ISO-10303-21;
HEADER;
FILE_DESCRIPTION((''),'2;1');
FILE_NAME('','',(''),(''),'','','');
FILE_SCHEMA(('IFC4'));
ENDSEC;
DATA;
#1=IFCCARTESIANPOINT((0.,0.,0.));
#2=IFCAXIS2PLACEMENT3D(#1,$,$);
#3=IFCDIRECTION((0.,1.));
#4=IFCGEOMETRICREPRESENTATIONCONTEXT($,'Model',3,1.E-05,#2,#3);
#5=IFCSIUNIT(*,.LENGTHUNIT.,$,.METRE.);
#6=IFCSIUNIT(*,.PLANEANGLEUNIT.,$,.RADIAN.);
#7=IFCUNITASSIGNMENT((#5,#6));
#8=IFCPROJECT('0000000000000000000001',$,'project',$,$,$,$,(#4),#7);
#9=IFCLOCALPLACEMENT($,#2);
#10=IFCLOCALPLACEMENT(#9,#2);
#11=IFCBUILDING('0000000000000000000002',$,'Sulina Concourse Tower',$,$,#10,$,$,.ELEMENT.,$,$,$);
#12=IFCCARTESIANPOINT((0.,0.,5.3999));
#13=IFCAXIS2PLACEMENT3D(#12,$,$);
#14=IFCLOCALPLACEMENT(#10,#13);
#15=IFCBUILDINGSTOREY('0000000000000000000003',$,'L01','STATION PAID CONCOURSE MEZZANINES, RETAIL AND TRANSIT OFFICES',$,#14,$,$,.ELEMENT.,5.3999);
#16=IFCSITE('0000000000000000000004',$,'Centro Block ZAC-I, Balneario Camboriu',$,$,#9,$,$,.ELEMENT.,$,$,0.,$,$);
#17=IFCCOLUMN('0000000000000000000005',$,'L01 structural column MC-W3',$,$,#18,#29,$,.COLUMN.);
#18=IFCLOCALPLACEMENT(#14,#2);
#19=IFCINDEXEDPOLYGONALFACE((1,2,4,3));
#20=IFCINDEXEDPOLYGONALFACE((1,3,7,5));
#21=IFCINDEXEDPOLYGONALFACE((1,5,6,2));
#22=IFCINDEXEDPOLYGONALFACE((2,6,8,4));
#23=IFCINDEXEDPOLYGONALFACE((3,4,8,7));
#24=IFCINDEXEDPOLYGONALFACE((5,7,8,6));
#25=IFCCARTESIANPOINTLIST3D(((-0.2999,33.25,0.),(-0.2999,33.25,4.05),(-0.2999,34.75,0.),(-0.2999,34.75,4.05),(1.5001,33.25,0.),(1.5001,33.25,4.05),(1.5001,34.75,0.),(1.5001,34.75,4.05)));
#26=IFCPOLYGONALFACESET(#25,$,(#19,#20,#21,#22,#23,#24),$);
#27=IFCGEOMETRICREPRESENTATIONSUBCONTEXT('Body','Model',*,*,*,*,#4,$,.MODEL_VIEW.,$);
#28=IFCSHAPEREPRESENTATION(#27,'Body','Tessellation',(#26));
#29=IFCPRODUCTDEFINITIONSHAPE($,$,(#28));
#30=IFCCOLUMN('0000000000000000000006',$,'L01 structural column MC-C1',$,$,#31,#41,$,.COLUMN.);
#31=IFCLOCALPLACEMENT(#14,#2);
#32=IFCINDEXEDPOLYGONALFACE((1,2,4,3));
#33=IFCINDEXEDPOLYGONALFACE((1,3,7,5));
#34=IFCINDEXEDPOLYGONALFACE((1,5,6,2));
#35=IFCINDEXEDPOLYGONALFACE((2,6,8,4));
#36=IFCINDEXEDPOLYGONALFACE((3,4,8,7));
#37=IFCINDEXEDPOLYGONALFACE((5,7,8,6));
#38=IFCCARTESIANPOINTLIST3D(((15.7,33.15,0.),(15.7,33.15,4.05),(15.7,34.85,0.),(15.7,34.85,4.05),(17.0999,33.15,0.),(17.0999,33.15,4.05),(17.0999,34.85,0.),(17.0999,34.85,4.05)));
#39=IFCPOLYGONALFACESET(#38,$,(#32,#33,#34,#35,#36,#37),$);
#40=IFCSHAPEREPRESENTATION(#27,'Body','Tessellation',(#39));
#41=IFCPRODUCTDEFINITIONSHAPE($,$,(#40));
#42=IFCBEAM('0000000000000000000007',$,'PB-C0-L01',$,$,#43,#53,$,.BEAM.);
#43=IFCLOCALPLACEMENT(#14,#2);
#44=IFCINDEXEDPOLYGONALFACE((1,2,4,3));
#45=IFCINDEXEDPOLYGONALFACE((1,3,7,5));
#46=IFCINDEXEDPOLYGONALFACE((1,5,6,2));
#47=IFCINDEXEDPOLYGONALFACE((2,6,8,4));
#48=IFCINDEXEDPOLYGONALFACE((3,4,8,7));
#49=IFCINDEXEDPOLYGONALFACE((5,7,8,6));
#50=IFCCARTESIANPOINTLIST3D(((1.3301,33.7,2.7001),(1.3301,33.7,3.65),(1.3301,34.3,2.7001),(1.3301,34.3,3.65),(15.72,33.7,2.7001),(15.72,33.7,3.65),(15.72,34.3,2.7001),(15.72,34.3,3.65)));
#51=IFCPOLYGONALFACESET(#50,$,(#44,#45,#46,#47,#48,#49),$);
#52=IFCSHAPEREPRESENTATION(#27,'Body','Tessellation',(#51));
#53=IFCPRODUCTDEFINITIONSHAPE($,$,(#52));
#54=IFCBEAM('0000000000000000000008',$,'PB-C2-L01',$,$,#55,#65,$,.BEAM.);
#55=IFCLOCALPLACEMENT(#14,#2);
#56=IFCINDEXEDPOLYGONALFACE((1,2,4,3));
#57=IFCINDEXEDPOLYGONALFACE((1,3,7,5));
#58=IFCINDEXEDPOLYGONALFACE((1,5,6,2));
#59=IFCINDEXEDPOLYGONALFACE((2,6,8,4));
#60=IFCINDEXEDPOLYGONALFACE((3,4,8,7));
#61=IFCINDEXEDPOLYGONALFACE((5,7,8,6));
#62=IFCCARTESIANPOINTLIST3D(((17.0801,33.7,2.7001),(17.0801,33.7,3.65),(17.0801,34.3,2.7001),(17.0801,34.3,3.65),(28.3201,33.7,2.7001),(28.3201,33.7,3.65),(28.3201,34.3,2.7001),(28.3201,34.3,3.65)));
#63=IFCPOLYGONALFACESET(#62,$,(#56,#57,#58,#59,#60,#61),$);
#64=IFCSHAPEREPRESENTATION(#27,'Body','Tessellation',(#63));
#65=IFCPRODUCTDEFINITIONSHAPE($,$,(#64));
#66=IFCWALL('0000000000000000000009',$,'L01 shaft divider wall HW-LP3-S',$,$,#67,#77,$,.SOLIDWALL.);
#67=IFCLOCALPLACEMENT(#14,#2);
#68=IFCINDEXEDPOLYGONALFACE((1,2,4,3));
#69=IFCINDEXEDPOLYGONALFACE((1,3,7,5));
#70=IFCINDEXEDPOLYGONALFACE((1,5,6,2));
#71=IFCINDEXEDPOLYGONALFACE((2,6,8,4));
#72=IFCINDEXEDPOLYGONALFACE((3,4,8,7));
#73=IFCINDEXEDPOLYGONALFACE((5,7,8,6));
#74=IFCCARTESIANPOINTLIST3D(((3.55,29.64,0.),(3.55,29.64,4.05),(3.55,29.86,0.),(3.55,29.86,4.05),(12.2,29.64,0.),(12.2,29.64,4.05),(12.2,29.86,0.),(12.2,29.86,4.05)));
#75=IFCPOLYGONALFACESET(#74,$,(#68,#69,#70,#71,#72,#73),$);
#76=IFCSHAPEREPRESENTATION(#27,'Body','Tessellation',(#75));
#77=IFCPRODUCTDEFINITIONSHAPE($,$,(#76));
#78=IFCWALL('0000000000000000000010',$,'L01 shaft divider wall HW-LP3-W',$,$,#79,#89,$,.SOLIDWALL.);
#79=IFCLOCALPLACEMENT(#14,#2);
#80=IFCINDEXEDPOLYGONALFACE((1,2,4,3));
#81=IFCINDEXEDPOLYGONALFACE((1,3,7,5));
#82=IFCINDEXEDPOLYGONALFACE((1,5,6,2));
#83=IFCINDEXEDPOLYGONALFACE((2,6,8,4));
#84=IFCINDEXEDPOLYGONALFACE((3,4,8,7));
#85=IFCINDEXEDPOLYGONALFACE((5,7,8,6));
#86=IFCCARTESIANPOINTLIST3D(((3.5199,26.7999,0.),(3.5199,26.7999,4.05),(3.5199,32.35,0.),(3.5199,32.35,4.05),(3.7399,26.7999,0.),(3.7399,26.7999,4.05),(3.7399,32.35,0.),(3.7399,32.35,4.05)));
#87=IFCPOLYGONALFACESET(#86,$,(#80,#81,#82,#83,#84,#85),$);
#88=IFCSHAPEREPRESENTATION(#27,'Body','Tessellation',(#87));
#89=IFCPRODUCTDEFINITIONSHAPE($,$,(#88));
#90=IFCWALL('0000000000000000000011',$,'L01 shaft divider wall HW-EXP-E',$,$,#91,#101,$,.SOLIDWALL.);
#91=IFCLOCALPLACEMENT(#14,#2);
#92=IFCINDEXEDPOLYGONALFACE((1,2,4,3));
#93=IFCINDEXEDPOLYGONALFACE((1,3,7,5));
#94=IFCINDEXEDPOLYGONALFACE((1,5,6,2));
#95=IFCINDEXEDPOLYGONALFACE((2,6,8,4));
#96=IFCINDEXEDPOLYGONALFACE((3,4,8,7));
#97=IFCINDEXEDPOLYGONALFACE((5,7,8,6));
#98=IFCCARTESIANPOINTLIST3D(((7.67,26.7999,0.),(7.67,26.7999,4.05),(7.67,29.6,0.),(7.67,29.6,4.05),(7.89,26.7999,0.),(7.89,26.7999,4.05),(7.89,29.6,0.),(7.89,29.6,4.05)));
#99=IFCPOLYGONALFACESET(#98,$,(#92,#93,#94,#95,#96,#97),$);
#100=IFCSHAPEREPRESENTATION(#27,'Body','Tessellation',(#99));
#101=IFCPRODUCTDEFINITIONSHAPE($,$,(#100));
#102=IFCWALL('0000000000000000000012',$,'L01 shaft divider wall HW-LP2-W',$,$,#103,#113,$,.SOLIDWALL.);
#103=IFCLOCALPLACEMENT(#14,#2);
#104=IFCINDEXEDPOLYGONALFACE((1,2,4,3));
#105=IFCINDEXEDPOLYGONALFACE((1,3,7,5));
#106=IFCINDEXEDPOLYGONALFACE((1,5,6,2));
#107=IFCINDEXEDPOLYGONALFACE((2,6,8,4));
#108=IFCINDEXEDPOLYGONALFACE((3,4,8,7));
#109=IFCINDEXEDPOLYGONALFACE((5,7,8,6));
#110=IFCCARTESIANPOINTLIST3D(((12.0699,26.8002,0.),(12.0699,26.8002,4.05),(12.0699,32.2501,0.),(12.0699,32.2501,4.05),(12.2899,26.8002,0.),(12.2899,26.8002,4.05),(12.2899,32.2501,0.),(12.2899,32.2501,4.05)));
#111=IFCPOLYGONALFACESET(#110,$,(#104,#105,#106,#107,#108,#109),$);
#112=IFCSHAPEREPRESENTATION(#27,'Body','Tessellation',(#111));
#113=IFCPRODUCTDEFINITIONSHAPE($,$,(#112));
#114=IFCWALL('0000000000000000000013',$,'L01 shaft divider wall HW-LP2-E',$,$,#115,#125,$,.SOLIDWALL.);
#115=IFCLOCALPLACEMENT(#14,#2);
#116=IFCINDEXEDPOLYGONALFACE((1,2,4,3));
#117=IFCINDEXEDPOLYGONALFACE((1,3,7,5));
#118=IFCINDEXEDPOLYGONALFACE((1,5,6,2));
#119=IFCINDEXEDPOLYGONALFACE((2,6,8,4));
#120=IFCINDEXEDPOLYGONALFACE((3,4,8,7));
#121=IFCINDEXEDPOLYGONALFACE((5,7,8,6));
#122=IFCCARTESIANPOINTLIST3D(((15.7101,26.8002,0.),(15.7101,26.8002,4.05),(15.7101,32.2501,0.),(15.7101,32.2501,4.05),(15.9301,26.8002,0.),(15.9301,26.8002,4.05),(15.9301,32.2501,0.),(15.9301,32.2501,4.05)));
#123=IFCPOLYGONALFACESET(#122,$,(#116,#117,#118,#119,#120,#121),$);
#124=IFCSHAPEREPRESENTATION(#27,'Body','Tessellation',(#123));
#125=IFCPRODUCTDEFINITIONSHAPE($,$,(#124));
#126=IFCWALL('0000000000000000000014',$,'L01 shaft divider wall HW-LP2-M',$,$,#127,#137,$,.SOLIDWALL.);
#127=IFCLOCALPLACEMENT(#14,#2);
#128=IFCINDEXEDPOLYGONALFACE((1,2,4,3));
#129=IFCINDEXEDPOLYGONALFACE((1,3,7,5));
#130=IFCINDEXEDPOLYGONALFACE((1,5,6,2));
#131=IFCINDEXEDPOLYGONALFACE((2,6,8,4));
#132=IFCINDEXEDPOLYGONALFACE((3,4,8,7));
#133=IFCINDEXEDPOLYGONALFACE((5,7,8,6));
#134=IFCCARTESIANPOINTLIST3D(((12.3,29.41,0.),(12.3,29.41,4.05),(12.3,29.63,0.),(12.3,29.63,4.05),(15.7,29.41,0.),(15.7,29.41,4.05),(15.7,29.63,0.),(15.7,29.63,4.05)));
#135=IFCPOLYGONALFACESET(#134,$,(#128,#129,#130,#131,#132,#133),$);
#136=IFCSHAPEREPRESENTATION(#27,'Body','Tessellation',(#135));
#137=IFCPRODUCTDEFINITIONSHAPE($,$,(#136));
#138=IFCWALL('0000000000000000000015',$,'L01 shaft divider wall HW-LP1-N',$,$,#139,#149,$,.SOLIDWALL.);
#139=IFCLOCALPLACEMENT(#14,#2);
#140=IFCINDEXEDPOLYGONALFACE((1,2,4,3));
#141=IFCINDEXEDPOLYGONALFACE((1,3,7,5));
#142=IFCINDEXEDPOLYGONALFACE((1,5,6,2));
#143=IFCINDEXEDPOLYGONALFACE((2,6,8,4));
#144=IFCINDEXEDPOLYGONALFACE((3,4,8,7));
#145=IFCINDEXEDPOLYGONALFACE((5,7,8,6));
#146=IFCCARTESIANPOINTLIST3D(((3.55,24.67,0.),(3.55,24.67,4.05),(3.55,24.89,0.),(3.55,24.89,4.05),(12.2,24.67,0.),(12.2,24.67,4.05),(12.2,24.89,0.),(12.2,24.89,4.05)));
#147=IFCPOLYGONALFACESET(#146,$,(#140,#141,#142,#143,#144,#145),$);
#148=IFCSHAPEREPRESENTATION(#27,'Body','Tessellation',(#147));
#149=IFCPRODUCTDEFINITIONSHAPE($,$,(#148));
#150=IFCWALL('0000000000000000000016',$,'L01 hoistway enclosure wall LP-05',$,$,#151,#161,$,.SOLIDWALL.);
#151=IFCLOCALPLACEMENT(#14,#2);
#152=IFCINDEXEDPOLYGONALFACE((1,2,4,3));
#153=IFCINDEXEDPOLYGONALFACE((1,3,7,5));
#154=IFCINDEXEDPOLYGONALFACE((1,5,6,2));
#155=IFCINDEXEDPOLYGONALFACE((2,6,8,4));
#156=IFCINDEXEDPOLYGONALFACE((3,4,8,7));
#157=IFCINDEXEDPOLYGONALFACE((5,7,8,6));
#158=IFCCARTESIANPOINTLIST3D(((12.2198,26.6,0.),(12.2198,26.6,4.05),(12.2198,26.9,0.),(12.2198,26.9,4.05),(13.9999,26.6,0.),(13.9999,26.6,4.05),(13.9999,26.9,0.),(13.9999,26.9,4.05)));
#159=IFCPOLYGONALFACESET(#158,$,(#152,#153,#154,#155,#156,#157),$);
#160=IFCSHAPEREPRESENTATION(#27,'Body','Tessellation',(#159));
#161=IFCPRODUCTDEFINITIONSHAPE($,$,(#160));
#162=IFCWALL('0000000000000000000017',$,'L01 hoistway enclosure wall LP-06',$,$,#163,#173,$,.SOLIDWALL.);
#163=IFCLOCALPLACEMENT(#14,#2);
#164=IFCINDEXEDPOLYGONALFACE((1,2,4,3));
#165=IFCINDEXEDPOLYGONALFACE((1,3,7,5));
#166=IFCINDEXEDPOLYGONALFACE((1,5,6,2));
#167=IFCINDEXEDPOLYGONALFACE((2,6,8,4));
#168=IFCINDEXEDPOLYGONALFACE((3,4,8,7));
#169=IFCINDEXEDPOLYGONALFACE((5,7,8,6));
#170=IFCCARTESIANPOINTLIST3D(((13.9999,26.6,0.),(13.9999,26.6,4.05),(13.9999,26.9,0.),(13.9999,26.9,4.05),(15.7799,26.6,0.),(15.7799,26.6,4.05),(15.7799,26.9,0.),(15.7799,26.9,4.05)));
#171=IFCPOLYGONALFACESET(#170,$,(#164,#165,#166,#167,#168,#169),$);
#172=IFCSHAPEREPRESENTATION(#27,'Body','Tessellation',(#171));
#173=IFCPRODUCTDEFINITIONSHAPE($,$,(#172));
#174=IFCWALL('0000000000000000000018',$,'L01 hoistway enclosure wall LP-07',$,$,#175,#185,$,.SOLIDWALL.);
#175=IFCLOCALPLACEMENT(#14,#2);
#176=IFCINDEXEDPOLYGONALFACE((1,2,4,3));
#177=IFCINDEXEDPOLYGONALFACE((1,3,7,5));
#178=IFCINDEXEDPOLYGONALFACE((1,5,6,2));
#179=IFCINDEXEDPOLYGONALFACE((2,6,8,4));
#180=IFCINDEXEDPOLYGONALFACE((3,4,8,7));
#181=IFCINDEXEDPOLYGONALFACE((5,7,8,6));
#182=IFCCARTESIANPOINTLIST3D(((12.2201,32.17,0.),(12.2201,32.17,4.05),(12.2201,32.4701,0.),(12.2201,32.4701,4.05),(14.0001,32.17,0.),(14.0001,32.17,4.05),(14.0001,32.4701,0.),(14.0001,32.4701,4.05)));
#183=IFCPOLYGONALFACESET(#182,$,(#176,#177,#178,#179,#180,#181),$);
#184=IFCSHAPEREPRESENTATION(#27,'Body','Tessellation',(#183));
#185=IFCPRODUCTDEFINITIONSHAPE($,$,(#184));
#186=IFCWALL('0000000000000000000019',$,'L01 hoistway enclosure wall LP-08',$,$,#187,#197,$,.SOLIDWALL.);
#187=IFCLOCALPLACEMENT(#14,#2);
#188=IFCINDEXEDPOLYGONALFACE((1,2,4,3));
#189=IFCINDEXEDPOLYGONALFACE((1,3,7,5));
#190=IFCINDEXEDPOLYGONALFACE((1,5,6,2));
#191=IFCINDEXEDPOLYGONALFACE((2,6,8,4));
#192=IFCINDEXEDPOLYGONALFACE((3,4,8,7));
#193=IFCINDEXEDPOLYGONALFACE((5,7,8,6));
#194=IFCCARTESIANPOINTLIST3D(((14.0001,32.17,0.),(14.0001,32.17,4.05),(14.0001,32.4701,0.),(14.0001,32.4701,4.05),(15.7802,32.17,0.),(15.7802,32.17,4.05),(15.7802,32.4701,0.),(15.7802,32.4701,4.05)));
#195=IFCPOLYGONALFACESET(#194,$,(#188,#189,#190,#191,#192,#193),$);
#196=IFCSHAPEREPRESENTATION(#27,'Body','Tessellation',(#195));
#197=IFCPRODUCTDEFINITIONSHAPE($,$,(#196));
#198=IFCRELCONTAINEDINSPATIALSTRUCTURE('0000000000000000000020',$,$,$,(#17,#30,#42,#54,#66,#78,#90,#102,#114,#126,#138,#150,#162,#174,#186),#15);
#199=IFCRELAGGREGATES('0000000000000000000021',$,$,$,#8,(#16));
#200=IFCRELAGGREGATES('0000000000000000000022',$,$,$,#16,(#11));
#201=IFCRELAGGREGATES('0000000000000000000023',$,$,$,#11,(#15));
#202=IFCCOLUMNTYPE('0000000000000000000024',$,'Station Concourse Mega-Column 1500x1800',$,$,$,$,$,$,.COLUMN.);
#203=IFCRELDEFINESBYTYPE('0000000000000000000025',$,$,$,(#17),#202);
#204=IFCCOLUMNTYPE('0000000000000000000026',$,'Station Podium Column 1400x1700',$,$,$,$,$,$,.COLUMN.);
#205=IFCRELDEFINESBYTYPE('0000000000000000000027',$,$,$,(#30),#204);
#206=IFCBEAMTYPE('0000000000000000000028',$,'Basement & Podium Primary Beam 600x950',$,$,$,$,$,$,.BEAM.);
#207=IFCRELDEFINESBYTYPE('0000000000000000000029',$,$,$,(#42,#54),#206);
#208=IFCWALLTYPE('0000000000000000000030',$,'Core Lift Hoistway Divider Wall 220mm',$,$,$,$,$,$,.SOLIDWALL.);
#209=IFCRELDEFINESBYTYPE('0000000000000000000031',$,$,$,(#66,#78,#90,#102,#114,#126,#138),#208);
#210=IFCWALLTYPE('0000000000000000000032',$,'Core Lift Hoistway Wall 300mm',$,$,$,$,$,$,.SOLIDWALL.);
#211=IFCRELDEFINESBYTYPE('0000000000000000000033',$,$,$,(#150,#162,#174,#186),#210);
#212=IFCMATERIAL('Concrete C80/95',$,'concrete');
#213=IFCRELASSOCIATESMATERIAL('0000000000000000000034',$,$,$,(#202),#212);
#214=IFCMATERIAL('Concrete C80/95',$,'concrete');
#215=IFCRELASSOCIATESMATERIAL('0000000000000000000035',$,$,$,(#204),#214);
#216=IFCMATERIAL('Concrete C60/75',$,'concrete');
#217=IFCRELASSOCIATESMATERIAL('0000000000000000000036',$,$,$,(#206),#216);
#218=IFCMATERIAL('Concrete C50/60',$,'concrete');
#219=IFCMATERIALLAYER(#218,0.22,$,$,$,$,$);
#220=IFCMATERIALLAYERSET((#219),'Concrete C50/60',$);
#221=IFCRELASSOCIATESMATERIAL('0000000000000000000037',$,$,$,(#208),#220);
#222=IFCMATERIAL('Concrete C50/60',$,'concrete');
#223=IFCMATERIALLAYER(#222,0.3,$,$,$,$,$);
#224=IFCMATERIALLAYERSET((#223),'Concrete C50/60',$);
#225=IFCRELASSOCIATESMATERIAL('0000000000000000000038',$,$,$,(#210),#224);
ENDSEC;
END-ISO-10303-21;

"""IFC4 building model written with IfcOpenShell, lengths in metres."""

from ifc_helpers import new_model, si_unit, direction, frame, frame_2d, origin, origin_2d, place, context, subcontext, project, spatial, rectangle, extrude, material, layer, layer_set, material_profile, profile_set, type_object, element, save


model = new_model("IFC4")

# Units and contexts
model_context = context("Model", 3, precision=1e-05, world=origin(), true_north=direction((0.0, 1.0)))
body_context = subcontext(model_context, "Body", "Model", "MODEL_VIEW")
ifc_project = project(units=[si_unit("LENGTHUNIT", "METRE"), si_unit("PLANEANGLEUNIT", "RADIAN")], contexts=[model_context])

# Site, building, storey
site_placement = place(None, origin())
site = spatial("IfcSite", under=ifc_project, at=site_placement, Name="Centro Block ZAC-I, Balneario Camboriu", CompositionType="ELEMENT", RefElevation=0.0)
building_placement = place(site_placement, origin())
building = spatial("IfcBuilding", under=site, at=building_placement, Name="Sulina Concourse Tower", CompositionType="ELEMENT")
storey_placement = place(building_placement, frame((0.0, 0.0, 5.3999)))
storey = spatial("IfcBuildingStorey", under=building, at=storey_placement, Name="L01", Description="STATION PAID CONCOURSE MEZZANINES, RETAIL AND TRANSIT OFFICES", CompositionType="ELEMENT", Elevation=5.3999)

# Columns
ifc_material_1 = material(Name="Concrete C80/95", Category="concrete")
ifc_material_profile_1 = material_profile(ifc_material_1, rectangle(XDim=1.5, YDim=1.8, at=origin_2d()), Name="RC 1500x1800")
ifc_profile_set_1 = profile_set([ifc_material_profile_1], Name="Concrete C80/95")
column_type_1 = type_object("IfcColumnType", Name="Station Concourse Mega-Column 1500x1800", PredefinedType="COLUMN", material=ifc_profile_set_1)
column_1_placement = place(storey_placement, frame((0.6001, 34.0, 0.0), z_axis=(0.0, 0.0, 1.0), x_axis=(0.0, 1.0, 0.0)))
element("IfcColumn", 1, at=column_1_placement, inside=storey, type_object=column_type_1, Name="L01 structural column MC-W3", PredefinedType="COLUMN", context=body_context, shape_type="SweptSolid", body=[
    extrude(rectangle(XDim=1.5, YDim=1.8, at=origin_2d()), origin(), (0.0, 0.0, 1.0), 4.05),
])
ifc_material_2 = material(Name="Concrete C80/95", Category="concrete")
ifc_material_profile_2 = material_profile(ifc_material_2, rectangle(XDim=1.3999, YDim=1.7, at=origin_2d()), Name="RC 1400x1700")
ifc_profile_set_2 = profile_set([ifc_material_profile_2], Name="Concrete C80/95")
column_type_2 = type_object("IfcColumnType", Name="Station Podium Column 1400x1700", PredefinedType="COLUMN", material=ifc_profile_set_2)
column_2_placement = place(storey_placement, frame((16.3999, 34.0, 0.0), z_axis=(0.0, 0.0, 1.0), x_axis=(1.0, 0.0, 0.0)))
element("IfcColumn", 2, at=column_2_placement, inside=storey, type_object=column_type_2, Name="L01 structural column MC-C1", PredefinedType="COLUMN", context=body_context, shape_type="SweptSolid", body=[
    extrude(rectangle(XDim=1.3999, YDim=1.7, at=origin_2d()), origin(), (0.0, 0.0, 1.0), 4.05),
])

# Beams
ifc_material_3 = material(Name="Concrete C60/75", Category="concrete")
ifc_material_profile_3 = material_profile(ifc_material_3, rectangle(XDim=0.6001, YDim=0.95, at=origin_2d()), Name="RC 600x950")
ifc_profile_set_3 = profile_set([ifc_material_profile_3], Name="Concrete C60/75")
beam_type = type_object("IfcBeamType", Name="Basement & Podium Primary Beam 600x950", PredefinedType="BEAM", material=ifc_profile_set_3)
beam_1_placement = place(storey_placement, frame((1.3301, 34.0, 3.175), z_axis=(1.0, 0.0, 0.0), x_axis=(0.0, 1.0, 0.0)))
element("IfcBeam", 3, at=beam_1_placement, inside=storey, type_object=beam_type, Name="PB-C0-L01", PredefinedType="BEAM", context=body_context, shape_type="SweptSolid", body=[
    extrude(rectangle(XDim=0.6001, YDim=0.95, at=origin_2d()), origin(), (0.0, 0.0, 1.0), 14.3899),
])
beam_2_placement = place(storey_placement, frame((17.0801, 34.0, 3.175), z_axis=(1.0, 0.0, 0.0), x_axis=(0.0, 1.0, 0.0)))
element("IfcBeam", 4, at=beam_2_placement, inside=storey, type_object=beam_type, Name="PB-C2-L01", PredefinedType="BEAM", context=body_context, shape_type="SweptSolid", body=[
    extrude(rectangle(XDim=0.6001, YDim=0.95, at=origin_2d()), origin(), (0.0, 0.0, 1.0), 11.24),
])

# Walls
ifc_material_4 = material(Name="Concrete C50/60", Category="concrete")
ifc_layer_1 = layer(ifc_material_4, 0.22)
ifc_layer_set_1 = layer_set([ifc_layer_1], Name="Concrete C50/60")
wall_type_1 = type_object("IfcWallType", Name="Core Lift Hoistway Divider Wall 220mm", PredefinedType="SOLIDWALL", material=ifc_layer_set_1)
wall_1_placement = place(storey_placement, frame((3.55, 29.75, 0.0), z_axis=(0.0, 0.0, 1.0), x_axis=(1.0, 0.0, 0.0)))
element("IfcWall", 5, at=wall_1_placement, inside=storey, type_object=wall_type_1, Name="L01 shaft divider wall HW-LP3-S", PredefinedType="SOLIDWALL", context=body_context, shape_type="SweptSolid", body=[
    extrude(rectangle(XDim=8.6499, YDim=0.22, at=frame_2d((4.325, 0.0))), origin(), (0.0, 0.0, 1.0), 4.05),
])
wall_2_placement = place(storey_placement, frame((3.6299, 26.8, 0.0), z_axis=(0.0, 0.0, 1.0), x_axis=(0.0, 1.0, 0.0)))
element("IfcWall", 6, at=wall_2_placement, inside=storey, type_object=wall_type_1, Name="L01 shaft divider wall HW-LP3-W", PredefinedType="SOLIDWALL", context=body_context, shape_type="SweptSolid", body=[
    extrude(rectangle(XDim=5.55, YDim=0.22, at=frame_2d((2.7749, 0.0))), origin(), (0.0, 0.0, 1.0), 4.05),
])
wall_3_placement = place(storey_placement, frame((7.78, 26.8, 0.0), z_axis=(0.0, 0.0, 1.0), x_axis=(0.0, 1.0, 0.0)))
element("IfcWall", 7, at=wall_3_placement, inside=storey, type_object=wall_type_1, Name="L01 shaft divider wall HW-EXP-E", PredefinedType="SOLIDWALL", context=body_context, shape_type="SweptSolid", body=[
    extrude(rectangle(XDim=2.8, YDim=0.22, at=frame_2d((1.3999, 0.0))), origin(), (0.0, 0.0, 1.0), 4.05),
])
for number, where, z_axis, x_axis, name in (
    (8, (12.1799, 26.8, 0.0), (0.0, 0.0, 1.0), (0.0, 1.0, 0.0), "L01 shaft divider wall HW-LP2-W"),
    (9, (15.8201, 26.8, 0.0), (0.0, 0.0, 1.0), (0.0, 1.0, 0.0), "L01 shaft divider wall HW-LP2-E"),
):
    element("IfcWall", number, at=place(storey_placement, frame(where, z_axis=z_axis, x_axis=x_axis)), inside=storey, type_object=wall_type_1, Name=name, PredefinedType="SOLIDWALL", context=body_context, shape_type="SweptSolid", body=[
        extrude(rectangle(XDim=5.45, YDim=0.22, at=frame_2d((2.7251, 0.0))), origin(), (0.0, 0.0, 1.0), 4.05),
    ])
wall_4_placement = place(storey_placement, frame((12.3, 29.52, 0.0), z_axis=(0.0, 0.0, 1.0), x_axis=(1.0, 0.0, 0.0)))
element("IfcWall", 10, at=wall_4_placement, inside=storey, type_object=wall_type_1, Name="L01 shaft divider wall HW-LP2-M", PredefinedType="SOLIDWALL", context=body_context, shape_type="SweptSolid", body=[
    extrude(rectangle(XDim=3.3999, YDim=0.22, at=frame_2d((1.7, 0.0))), origin(), (0.0, 0.0, 1.0), 4.05),
])
wall_5_placement = place(storey_placement, frame((3.55, 24.78, 0.0), z_axis=(0.0, 0.0, 1.0), x_axis=(1.0, 0.0, 0.0)))
element("IfcWall", 11, at=wall_5_placement, inside=storey, type_object=wall_type_1, Name="L01 shaft divider wall HW-LP1-N", PredefinedType="SOLIDWALL", context=body_context, shape_type="SweptSolid", body=[
    extrude(rectangle(XDim=8.6499, YDim=0.22, at=frame_2d((4.325, 0.0))), origin(), (0.0, 0.0, 1.0), 4.05),
])
ifc_material_5 = material(Name="Concrete C50/60", Category="concrete")
ifc_layer_2 = layer(ifc_material_5, 0.3)
ifc_layer_set_2 = layer_set([ifc_layer_2], Name="Concrete C50/60")
wall_type_2 = type_object("IfcWallType", Name="Core Lift Hoistway Wall 300mm", PredefinedType="SOLIDWALL", material=ifc_layer_set_2)
for number, where, z_axis, x_axis, name in (
    (12, (14.0, 26.75, 0.0), (0.0, 0.0, 1.0), (-1.0, 0.0, 0.0), "L01 hoistway enclosure wall LP-05"),
    (13, (15.78, 26.75, 0.0), (0.0, 0.0, 1.0), (-1.0, 0.0, 0.0), "L01 hoistway enclosure wall LP-06"),
    (14, (12.22, 32.3201, 0.0), (0.0, 0.0, 1.0), (1.0, 0.0, 0.0), "L01 hoistway enclosure wall LP-07"),
    (15, (14.0, 32.3201, 0.0), (0.0, 0.0, 1.0), (1.0, 0.0, 0.0), "L01 hoistway enclosure wall LP-08"),
):
    element("IfcWall", number, at=place(storey_placement, frame(where, z_axis=z_axis, x_axis=x_axis)), inside=storey, type_object=wall_type_2, Name=name, PredefinedType="SOLIDWALL", context=body_context, shape_type="SweptSolid", body=[
        extrude(rectangle(XDim=1.78, YDim=0.3, at=frame_2d((0.8901, 0.0))), origin(), (0.0, 0.0, 1.0), 4.05),
    ])

save(model, "model.ifc")
